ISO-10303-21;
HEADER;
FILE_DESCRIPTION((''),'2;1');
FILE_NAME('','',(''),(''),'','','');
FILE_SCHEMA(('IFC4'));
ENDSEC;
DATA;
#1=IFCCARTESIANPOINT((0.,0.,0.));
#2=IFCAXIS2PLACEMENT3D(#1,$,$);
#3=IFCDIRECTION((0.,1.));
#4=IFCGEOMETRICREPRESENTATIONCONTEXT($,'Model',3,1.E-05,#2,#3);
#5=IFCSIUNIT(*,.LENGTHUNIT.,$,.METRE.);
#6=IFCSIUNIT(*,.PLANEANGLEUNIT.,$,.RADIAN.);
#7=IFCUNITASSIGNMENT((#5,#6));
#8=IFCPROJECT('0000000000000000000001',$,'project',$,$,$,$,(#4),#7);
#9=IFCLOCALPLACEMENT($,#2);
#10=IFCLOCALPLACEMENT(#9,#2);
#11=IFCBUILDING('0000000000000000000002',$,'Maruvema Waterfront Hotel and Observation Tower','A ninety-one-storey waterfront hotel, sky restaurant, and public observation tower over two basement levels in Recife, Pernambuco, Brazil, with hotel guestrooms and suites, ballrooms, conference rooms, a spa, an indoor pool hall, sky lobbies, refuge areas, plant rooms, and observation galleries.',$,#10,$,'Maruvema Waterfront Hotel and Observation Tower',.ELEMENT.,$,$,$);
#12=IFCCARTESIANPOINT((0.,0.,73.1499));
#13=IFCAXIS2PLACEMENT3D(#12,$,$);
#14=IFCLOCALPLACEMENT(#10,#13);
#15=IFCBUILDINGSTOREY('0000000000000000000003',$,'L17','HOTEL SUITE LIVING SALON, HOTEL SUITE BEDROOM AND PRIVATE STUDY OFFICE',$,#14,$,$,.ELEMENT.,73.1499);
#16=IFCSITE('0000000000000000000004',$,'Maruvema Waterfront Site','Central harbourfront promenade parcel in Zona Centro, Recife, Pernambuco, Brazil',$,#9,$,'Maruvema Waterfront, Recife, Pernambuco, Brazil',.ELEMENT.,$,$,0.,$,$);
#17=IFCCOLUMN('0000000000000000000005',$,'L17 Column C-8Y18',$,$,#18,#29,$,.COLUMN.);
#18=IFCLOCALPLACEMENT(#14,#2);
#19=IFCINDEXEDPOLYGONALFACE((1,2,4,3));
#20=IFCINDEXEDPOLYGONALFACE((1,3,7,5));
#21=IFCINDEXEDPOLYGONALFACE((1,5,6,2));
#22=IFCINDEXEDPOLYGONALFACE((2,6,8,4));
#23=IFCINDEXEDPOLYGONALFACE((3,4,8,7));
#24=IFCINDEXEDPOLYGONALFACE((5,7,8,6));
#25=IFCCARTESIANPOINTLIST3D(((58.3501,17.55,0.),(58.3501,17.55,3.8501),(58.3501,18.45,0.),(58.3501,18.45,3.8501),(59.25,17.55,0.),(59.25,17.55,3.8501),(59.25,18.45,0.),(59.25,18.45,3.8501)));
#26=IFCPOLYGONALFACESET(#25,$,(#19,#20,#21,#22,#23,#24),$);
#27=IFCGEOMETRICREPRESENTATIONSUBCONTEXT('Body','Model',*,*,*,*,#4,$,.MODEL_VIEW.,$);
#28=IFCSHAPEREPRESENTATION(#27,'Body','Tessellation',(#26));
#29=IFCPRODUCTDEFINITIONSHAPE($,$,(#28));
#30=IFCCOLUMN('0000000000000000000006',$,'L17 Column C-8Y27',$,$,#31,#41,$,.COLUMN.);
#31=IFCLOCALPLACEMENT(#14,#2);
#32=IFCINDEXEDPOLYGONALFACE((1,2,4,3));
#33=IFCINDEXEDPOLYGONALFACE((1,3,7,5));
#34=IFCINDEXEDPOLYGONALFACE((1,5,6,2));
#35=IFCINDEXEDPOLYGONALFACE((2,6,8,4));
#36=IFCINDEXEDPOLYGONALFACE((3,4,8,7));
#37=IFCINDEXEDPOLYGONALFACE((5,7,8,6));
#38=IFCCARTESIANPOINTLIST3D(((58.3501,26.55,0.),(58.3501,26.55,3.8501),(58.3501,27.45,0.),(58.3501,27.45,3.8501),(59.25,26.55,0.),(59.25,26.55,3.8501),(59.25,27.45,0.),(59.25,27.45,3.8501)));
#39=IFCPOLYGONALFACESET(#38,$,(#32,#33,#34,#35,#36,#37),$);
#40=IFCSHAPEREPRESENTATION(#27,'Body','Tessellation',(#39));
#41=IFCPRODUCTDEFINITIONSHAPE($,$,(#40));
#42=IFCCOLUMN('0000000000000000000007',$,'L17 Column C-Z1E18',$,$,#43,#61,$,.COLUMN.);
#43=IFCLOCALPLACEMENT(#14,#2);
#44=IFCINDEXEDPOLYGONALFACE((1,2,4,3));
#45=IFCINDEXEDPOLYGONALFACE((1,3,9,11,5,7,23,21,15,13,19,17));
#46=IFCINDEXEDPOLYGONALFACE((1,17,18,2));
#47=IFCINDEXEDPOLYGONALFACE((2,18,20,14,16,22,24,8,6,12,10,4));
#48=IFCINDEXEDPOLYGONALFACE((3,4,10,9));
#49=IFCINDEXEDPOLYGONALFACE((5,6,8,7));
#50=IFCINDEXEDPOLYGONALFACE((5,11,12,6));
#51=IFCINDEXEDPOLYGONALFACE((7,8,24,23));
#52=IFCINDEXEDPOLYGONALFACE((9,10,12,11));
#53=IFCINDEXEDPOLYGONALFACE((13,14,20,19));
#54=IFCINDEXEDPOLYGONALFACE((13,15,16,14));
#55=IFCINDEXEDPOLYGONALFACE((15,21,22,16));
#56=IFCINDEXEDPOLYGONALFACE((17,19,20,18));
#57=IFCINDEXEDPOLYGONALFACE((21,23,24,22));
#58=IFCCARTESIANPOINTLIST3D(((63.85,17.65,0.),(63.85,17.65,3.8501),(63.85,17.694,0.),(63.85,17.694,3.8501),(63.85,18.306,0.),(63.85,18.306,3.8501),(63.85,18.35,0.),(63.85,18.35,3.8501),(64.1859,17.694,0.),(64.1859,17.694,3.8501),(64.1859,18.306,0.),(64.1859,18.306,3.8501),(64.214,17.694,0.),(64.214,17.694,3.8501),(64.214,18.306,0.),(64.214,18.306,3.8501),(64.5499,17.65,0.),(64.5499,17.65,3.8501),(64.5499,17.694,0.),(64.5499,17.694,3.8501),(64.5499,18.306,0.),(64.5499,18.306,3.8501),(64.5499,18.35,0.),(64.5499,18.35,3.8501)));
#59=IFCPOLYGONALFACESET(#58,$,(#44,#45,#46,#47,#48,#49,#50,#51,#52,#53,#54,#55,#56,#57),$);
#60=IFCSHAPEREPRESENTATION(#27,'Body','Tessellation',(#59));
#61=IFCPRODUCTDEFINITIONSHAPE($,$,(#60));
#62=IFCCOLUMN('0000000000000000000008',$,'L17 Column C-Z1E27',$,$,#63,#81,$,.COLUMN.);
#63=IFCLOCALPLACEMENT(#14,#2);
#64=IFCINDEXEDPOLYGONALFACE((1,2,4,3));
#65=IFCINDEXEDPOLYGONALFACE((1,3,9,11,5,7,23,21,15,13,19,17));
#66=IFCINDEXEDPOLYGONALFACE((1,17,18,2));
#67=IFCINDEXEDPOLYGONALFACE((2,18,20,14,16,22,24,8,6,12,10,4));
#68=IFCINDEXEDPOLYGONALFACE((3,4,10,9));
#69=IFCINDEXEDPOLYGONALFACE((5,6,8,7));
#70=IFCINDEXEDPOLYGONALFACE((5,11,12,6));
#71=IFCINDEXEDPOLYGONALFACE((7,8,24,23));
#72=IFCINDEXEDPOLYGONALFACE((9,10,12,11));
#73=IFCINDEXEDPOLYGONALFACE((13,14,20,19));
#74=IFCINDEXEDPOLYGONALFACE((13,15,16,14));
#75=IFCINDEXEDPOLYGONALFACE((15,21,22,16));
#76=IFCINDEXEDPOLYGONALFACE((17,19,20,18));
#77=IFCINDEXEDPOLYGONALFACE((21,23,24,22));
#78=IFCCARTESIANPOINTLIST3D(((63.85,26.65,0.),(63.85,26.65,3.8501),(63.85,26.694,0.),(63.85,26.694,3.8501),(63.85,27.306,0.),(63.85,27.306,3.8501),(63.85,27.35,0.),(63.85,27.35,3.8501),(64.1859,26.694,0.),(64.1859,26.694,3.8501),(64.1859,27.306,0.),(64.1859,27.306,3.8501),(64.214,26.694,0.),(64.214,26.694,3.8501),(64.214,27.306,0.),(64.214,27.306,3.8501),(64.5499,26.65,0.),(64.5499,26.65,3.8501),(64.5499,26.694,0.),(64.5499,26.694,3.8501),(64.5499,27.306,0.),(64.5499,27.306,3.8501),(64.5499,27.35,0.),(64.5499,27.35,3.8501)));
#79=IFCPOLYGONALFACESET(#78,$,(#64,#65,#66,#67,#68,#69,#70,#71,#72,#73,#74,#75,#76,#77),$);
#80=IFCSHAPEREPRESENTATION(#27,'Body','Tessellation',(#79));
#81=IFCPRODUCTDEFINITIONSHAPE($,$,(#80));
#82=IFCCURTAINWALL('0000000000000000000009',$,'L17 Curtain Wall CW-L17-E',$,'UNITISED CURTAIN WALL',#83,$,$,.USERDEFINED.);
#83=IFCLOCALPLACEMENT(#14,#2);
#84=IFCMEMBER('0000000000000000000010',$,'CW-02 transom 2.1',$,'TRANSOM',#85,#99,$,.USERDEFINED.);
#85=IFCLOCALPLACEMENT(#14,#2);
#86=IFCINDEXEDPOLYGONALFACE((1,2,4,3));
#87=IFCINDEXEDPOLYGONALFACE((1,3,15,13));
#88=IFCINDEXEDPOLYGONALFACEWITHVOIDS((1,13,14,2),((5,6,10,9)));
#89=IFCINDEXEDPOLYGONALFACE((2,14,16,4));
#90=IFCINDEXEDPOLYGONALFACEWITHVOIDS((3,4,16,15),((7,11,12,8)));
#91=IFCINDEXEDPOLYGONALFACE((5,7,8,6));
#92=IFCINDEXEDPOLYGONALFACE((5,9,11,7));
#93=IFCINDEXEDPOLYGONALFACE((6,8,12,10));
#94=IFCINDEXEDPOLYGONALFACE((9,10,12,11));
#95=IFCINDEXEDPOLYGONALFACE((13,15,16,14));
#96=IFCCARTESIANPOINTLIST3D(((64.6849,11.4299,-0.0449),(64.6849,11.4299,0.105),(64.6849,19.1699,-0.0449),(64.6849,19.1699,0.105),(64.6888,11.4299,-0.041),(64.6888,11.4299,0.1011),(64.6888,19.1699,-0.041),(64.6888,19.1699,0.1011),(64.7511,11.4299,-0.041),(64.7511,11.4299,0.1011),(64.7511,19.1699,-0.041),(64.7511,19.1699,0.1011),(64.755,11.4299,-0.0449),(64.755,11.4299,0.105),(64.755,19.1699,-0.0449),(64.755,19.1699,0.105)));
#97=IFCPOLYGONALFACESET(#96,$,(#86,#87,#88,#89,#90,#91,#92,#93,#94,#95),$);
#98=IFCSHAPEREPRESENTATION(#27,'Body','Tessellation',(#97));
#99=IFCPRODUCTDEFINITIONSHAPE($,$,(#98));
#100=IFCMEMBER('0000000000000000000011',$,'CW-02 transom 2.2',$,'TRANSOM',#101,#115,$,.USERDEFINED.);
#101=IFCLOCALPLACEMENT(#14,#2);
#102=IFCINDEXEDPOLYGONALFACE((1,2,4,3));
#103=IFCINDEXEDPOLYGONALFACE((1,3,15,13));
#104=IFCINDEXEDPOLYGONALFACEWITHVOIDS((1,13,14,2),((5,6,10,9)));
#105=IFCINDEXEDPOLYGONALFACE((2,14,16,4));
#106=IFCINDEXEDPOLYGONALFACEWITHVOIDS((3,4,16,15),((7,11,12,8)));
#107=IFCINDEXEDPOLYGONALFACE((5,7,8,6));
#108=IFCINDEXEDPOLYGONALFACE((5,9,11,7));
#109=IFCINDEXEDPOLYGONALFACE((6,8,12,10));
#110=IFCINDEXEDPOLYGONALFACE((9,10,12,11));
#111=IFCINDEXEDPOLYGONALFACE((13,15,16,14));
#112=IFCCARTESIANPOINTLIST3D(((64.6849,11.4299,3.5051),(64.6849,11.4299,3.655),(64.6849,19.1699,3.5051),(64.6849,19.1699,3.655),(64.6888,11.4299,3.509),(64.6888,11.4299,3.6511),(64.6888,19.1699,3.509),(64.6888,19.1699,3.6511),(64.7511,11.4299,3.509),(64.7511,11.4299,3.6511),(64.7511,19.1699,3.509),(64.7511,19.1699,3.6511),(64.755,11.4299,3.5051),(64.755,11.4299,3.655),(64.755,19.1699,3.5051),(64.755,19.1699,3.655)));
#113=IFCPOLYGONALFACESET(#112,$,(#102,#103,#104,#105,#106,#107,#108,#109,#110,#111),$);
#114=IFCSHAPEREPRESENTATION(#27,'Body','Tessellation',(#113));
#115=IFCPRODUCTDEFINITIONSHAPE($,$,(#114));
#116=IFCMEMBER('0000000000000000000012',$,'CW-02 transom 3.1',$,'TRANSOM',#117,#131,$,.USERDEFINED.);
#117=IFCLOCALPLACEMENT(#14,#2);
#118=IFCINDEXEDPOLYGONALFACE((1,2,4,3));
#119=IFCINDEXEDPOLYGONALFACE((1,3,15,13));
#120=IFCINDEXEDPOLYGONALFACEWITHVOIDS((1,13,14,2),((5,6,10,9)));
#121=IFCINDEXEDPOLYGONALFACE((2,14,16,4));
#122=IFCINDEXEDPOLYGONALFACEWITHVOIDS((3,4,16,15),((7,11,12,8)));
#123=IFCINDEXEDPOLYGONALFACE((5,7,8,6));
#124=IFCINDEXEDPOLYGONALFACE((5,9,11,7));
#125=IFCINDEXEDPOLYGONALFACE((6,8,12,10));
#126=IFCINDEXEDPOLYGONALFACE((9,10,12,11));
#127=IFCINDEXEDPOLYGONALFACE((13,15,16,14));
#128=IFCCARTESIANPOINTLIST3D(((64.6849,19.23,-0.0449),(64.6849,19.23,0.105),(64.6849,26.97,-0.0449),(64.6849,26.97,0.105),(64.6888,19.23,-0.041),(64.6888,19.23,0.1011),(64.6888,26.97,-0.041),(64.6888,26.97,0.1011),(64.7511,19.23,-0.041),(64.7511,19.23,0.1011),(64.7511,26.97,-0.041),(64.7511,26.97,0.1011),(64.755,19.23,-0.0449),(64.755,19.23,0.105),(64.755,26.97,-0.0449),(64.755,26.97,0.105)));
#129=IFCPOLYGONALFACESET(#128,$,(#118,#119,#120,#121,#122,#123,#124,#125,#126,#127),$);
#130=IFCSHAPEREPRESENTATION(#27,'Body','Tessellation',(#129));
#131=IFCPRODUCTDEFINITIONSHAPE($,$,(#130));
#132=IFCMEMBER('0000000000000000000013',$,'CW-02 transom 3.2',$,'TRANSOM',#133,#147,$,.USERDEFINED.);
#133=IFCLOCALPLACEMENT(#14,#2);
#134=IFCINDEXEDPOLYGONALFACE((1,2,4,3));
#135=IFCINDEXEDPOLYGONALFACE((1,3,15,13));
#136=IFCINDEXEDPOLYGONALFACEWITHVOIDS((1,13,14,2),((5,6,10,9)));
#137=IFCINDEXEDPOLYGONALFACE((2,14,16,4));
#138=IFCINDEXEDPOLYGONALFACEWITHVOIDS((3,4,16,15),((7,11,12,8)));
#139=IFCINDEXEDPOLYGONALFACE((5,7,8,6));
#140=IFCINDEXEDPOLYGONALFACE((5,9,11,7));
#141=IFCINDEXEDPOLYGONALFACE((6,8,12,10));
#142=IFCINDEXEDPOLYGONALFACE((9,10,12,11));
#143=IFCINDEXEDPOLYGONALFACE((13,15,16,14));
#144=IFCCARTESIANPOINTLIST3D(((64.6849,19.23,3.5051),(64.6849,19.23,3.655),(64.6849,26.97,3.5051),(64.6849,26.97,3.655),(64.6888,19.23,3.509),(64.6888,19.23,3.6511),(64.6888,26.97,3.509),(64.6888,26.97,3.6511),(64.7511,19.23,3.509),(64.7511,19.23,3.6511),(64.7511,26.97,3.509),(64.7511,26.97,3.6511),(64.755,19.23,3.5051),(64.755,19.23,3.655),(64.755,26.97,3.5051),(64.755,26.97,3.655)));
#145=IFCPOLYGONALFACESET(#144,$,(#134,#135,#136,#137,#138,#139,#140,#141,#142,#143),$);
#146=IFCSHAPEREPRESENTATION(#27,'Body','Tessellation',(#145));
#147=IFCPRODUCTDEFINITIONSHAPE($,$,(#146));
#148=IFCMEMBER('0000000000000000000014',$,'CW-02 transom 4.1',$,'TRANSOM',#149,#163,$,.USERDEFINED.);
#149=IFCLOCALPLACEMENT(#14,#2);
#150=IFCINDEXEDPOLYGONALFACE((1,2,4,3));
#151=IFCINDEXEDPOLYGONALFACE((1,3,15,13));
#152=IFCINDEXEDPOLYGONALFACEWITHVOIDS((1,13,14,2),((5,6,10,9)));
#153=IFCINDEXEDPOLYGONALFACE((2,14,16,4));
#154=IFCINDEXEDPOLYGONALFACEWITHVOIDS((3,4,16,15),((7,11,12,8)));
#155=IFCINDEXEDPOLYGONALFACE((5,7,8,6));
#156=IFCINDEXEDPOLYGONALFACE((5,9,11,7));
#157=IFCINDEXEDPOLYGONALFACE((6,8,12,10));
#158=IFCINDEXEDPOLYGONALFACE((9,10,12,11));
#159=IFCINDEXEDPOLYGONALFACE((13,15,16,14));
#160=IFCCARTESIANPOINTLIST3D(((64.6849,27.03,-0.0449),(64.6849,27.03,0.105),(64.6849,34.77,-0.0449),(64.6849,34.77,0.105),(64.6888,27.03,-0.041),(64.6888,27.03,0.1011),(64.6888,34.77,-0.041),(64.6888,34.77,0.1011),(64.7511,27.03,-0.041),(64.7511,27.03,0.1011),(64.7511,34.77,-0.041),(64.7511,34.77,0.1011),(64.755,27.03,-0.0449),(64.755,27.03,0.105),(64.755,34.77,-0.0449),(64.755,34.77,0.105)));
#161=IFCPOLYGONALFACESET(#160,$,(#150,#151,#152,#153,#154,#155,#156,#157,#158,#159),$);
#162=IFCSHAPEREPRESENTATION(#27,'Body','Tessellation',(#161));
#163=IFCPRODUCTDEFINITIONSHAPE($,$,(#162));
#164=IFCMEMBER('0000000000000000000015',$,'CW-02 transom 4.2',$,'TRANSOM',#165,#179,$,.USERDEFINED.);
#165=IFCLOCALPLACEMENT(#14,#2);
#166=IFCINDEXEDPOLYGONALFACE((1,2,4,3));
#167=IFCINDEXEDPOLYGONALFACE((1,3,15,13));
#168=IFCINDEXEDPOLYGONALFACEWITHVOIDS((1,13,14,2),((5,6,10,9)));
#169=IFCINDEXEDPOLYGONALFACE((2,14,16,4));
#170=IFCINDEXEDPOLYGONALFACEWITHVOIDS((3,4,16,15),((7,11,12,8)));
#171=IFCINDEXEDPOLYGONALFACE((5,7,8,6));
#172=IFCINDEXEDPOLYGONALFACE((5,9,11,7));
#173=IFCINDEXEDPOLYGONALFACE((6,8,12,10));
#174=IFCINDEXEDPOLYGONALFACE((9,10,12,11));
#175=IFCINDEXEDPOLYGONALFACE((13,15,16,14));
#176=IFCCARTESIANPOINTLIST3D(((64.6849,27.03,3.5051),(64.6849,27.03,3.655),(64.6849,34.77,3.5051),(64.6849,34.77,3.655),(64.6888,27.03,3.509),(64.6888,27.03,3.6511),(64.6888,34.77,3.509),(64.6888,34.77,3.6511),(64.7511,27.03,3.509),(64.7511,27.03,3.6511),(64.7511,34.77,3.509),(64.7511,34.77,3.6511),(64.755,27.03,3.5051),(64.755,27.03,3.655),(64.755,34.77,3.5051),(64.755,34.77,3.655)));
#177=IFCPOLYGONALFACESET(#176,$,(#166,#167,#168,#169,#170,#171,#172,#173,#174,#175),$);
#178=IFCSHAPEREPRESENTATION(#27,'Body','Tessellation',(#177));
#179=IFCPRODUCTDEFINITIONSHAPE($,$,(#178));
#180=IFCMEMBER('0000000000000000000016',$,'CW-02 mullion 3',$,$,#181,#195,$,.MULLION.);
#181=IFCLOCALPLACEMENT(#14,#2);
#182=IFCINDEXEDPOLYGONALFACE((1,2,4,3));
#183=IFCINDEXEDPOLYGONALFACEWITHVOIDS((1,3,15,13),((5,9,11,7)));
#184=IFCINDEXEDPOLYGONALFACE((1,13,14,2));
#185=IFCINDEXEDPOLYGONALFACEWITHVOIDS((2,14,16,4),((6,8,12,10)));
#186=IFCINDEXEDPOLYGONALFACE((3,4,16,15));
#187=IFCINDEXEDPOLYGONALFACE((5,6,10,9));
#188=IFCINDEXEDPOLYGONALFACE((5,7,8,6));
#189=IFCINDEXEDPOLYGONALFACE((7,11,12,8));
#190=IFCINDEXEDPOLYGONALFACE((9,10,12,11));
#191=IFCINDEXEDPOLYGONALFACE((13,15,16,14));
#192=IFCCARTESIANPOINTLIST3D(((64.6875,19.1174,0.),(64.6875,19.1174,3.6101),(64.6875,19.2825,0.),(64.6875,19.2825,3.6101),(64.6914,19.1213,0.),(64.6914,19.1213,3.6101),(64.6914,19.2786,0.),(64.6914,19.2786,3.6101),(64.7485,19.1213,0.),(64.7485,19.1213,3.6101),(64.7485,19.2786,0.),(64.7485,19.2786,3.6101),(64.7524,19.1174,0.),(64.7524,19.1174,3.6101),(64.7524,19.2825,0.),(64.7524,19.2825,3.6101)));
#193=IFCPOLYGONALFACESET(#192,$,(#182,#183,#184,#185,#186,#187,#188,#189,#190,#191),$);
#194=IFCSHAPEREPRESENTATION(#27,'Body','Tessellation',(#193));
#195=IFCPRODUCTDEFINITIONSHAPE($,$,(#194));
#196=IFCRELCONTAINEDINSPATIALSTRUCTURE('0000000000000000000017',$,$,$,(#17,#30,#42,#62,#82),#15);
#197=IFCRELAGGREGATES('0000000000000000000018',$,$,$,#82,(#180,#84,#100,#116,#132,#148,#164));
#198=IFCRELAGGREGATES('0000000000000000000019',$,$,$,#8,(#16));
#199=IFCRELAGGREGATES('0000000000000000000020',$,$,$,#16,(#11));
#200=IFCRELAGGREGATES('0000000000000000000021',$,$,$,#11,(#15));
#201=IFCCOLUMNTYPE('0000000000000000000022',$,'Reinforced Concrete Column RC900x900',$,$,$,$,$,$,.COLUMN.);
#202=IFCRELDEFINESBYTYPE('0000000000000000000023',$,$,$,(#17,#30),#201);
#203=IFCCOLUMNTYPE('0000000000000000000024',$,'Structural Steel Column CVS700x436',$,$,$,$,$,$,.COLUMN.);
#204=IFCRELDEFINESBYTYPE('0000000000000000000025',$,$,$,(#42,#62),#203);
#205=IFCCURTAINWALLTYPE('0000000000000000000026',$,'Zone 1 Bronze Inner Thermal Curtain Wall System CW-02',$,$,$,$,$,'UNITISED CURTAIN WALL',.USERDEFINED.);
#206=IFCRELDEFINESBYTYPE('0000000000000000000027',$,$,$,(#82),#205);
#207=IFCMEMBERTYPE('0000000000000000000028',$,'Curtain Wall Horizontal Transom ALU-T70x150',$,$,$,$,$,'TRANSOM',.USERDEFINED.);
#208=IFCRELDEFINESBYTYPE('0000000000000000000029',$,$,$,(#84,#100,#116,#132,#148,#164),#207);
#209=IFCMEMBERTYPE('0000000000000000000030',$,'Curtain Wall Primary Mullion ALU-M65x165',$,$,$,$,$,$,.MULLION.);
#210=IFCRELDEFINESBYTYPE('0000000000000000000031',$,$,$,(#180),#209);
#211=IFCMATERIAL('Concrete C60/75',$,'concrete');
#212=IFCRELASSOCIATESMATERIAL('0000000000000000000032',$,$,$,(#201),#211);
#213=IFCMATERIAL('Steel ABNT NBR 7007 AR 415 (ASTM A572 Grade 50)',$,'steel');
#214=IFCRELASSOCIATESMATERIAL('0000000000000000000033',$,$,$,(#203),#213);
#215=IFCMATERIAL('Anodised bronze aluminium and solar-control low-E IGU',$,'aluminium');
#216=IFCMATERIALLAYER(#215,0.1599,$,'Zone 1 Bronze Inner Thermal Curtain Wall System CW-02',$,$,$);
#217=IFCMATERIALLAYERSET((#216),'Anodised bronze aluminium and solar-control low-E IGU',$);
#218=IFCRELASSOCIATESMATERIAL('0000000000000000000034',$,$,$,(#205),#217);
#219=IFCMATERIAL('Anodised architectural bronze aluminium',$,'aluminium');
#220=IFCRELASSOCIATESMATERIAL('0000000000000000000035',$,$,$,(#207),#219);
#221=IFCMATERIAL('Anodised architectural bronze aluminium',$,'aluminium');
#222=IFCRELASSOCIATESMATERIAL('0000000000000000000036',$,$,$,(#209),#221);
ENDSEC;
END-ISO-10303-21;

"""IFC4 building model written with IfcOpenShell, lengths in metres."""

from ifc_helpers import new_model, si_unit, direction, frame, origin, origin_2d, place, context, subcontext, project, spatial, rectangle, hollow_rectangle, i_section, extrude, material, layer, layer_set, material_profile, profile_set, type_object, element, aggregate, save


model = new_model("IFC4")

# Units and contexts
model_context = context("Model", 3, precision=1e-05, world=origin(), true_north=direction((0.0, 1.0)))
body_context = subcontext(model_context, "Body", "Model", "MODEL_VIEW")
ifc_project = project(units=[si_unit("LENGTHUNIT", "METRE"), si_unit("PLANEANGLEUNIT", "RADIAN")], contexts=[model_context])

# Site, building, storey
site_placement = place(None, origin())
site = spatial("IfcSite", under=ifc_project, at=site_placement, Name="Maruvema Waterfront Site", Description="Central harbourfront promenade parcel in Zona Centro, Recife, Pernambuco, Brazil", LongName="Maruvema Waterfront, Recife, Pernambuco, Brazil", CompositionType="ELEMENT", RefElevation=0.0)
building_placement = place(site_placement, origin())
building = spatial("IfcBuilding", under=site, at=building_placement, Name="Maruvema Waterfront Hotel and Observation Tower", Description="A ninety-one-storey waterfront hotel, sky restaurant, and public observation tower over two basement levels in Recife, Pernambuco, Brazil, with hotel guestrooms and suites, ballrooms, conference rooms, a spa, an indoor pool hall, sky lobbies, refuge areas, plant rooms, and observation galleries.", LongName="Maruvema Waterfront Hotel and Observation Tower", CompositionType="ELEMENT")
storey_placement = place(building_placement, frame((0.0, 0.0, 73.1499)))
storey = spatial("IfcBuildingStorey", under=building, at=storey_placement, Name="L17", Description="HOTEL SUITE LIVING SALON, HOTEL SUITE BEDROOM AND PRIVATE STUDY OFFICE", CompositionType="ELEMENT", Elevation=73.1499)

# Columns
ifc_material_1 = material(Name="Concrete C60/75", Category="concrete")
ifc_material_profile_1 = material_profile(ifc_material_1, rectangle(XDim=0.8999, YDim=0.8999, at=origin_2d()), Name="RC900x900")
ifc_profile_set_1 = profile_set([ifc_material_profile_1], Name="Concrete C60/75")
column_type_1 = type_object("IfcColumnType", Name="Reinforced Concrete Column RC900x900", PredefinedType="COLUMN", material=ifc_profile_set_1)
for number, where, z_axis, x_axis, name in (
    (1, (58.8, 18.0, 0.0), (0.0, 0.0, 1.0), (1.0, 0.0, 0.0), "L17 Column C-8Y18"),
    (2, (58.8, 27.0, 0.0), (0.0, 0.0, 1.0), (1.0, 0.0, 0.0), "L17 Column C-8Y27"),
):
    element("IfcColumn", number, at=place(storey_placement, frame(where, z_axis=z_axis, x_axis=x_axis)), inside=storey, type_object=column_type_1, Name=name, PredefinedType="COLUMN", context=body_context, shape_type="SweptSolid", body=[
        extrude(rectangle(XDim=0.8999, YDim=0.8999, at=origin_2d()), origin(), (0.0, 0.0, 1.0), 3.8501),
    ])
ifc_material_2 = material(Name="Steel ABNT NBR 7007 AR 415 (ASTM A572 Grade 50)", Category="steel")
ifc_material_profile_2 = material_profile(ifc_material_2, i_section(OverallWidth=0.7, OverallDepth=0.7, WebThickness=0.0281, FlangeThickness=0.0439, at=origin_2d()), Name="CVS700x436")
ifc_profile_set_2 = profile_set([ifc_material_profile_2], Name="Steel ABNT NBR 7007 AR 415 (ASTM A572 Grade 50)")
column_type_2 = type_object("IfcColumnType", Name="Structural Steel Column CVS700x436", PredefinedType="COLUMN", material=ifc_profile_set_2)
for number, where, z_axis, x_axis, name in (
    (3, (64.2, 18.0, 0.0), (0.0, 0.0, 1.0), (1.0, 0.0, 0.0), "L17 Column C-Z1E18"),
    (4, (64.2, 27.0, 0.0), (0.0, 0.0, 1.0), (1.0, 0.0, 0.0), "L17 Column C-Z1E27"),
):
    element("IfcColumn", number, at=place(storey_placement, frame(where, z_axis=z_axis, x_axis=x_axis)), inside=storey, type_object=column_type_2, Name=name, PredefinedType="COLUMN", context=body_context, shape_type="SweptSolid", body=[
        extrude(i_section(OverallWidth=0.7, OverallDepth=0.7, WebThickness=0.0281, FlangeThickness=0.0439, at=origin_2d()), origin(), (0.0, 0.0, 1.0), 3.8501),
    ])

# Curtain wall, members
ifc_material_3 = material(Name="Anodised bronze aluminium and solar-control low-E IGU", Category="aluminium")
ifc_layer_1 = layer(ifc_material_3, 0.1599, Name="Zone 1 Bronze Inner Thermal Curtain Wall System CW-02")
ifc_layer_set_1 = layer_set([ifc_layer_1], Name="Anodised bronze aluminium and solar-control low-E IGU")
curtain_wall_type = type_object("IfcCurtainWallType", Name="Zone 1 Bronze Inner Thermal Curtain Wall System CW-02", ElementType="UNITISED CURTAIN WALL", PredefinedType="USERDEFINED", material=ifc_layer_set_1)
curtain_wall_placement = place(storey_placement, origin())
curtain_wall = element("IfcCurtainWall", 5, at=curtain_wall_placement, inside=storey, type_object=curtain_wall_type, Name="L17 Curtain Wall CW-L17-E", ObjectType="UNITISED CURTAIN WALL", PredefinedType="USERDEFINED")
ifc_material_4 = material(Name="Anodised architectural bronze aluminium", Category="aluminium")
ifc_material_profile_3 = material_profile(ifc_material_4, hollow_rectangle(XDim=0.0701, YDim=0.1499, WallThickness=0.0039, at=origin_2d()), Name="ALU-T70x150")
ifc_profile_set_3 = profile_set([ifc_material_profile_3], Name="Anodised architectural bronze aluminium")
member_type_1 = type_object("IfcMemberType", Name="Curtain Wall Horizontal Transom ALU-T70x150", ElementType="TRANSOM", PredefinedType="USERDEFINED", material=ifc_profile_set_3)
member_1_placement = place(storey_placement, frame((64.72, 11.4299, 0.03), z_axis=(0.0, 1.0, 0.0), x_axis=(-1.0, 0.0, 0.0)))
member_1 = element("IfcMember", 6, at=member_1_placement, type_object=member_type_1, Name="CW-02 transom 2.1", ObjectType="TRANSOM", PredefinedType="USERDEFINED", context=body_context, shape_type="SweptSolid", body=[
    extrude(hollow_rectangle(XDim=0.0701, YDim=0.1499, WallThickness=0.0039, at=origin_2d()), origin(), (0.0, 0.0, 1.0), 7.74),
])
member_2_placement = place(storey_placement, frame((64.72, 11.4299, 3.5801), z_axis=(0.0, 1.0, 0.0), x_axis=(-1.0, 0.0, 0.0)))
member_2 = element("IfcMember", 7, at=member_2_placement, type_object=member_type_1, Name="CW-02 transom 2.2", ObjectType="TRANSOM", PredefinedType="USERDEFINED", context=body_context, shape_type="SweptSolid", body=[
    extrude(hollow_rectangle(XDim=0.0701, YDim=0.1499, WallThickness=0.0039, at=origin_2d()), origin(), (0.0, 0.0, 1.0), 7.74),
])
member_3_placement = place(storey_placement, frame((64.72, 19.23, 0.03), z_axis=(0.0, 1.0, 0.0), x_axis=(-1.0, 0.0, 0.0)))
member_3 = element("IfcMember", 8, at=member_3_placement, type_object=member_type_1, Name="CW-02 transom 3.1", ObjectType="TRANSOM", PredefinedType="USERDEFINED", context=body_context, shape_type="SweptSolid", body=[
    extrude(hollow_rectangle(XDim=0.0701, YDim=0.1499, WallThickness=0.0039, at=origin_2d()), origin(), (0.0, 0.0, 1.0), 7.74),
])
member_4_placement = place(storey_placement, frame((64.72, 19.23, 3.5801), z_axis=(0.0, 1.0, 0.0), x_axis=(-1.0, 0.0, 0.0)))
member_4 = element("IfcMember", 9, at=member_4_placement, type_object=member_type_1, Name="CW-02 transom 3.2", ObjectType="TRANSOM", PredefinedType="USERDEFINED", context=body_context, shape_type="SweptSolid", body=[
    extrude(hollow_rectangle(XDim=0.0701, YDim=0.1499, WallThickness=0.0039, at=origin_2d()), origin(), (0.0, 0.0, 1.0), 7.74),
])
member_5_placement = place(storey_placement, frame((64.72, 27.03, 0.03), z_axis=(0.0, 1.0, 0.0), x_axis=(-1.0, 0.0, 0.0)))
member_5 = element("IfcMember", 10, at=member_5_placement, type_object=member_type_1, Name="CW-02 transom 4.1", ObjectType="TRANSOM", PredefinedType="USERDEFINED", context=body_context, shape_type="SweptSolid", body=[
    extrude(hollow_rectangle(XDim=0.0701, YDim=0.1499, WallThickness=0.0039, at=origin_2d()), origin(), (0.0, 0.0, 1.0), 7.74),
])
member_6_placement = place(storey_placement, frame((64.72, 27.03, 3.5801), z_axis=(0.0, 1.0, 0.0), x_axis=(-1.0, 0.0, 0.0)))
member_6 = element("IfcMember", 11, at=member_6_placement, type_object=member_type_1, Name="CW-02 transom 4.2", ObjectType="TRANSOM", PredefinedType="USERDEFINED", context=body_context, shape_type="SweptSolid", body=[
    extrude(hollow_rectangle(XDim=0.0701, YDim=0.1499, WallThickness=0.0039, at=origin_2d()), origin(), (0.0, 0.0, 1.0), 7.74),
])
ifc_material_5 = material(Name="Anodised architectural bronze aluminium", Category="aluminium")
ifc_material_profile_4 = material_profile(ifc_material_5, hollow_rectangle(XDim=0.0649, YDim=0.165, WallThickness=0.0039, at=origin_2d()), Name="ALU-M65x165")
ifc_profile_set_4 = profile_set([ifc_material_profile_4], Name="Anodised architectural bronze aluminium")
member_type_2 = type_object("IfcMemberType", Name="Curtain Wall Primary Mullion ALU-M65x165", PredefinedType="MULLION", material=ifc_profile_set_4)
member_7_placement = place(storey_placement, frame((64.72, 19.2, 0.0), z_axis=(0.0, 0.0, 1.0), x_axis=(-1.0, 0.0, 0.0)))
member_7 = element("IfcMember", 12, at=member_7_placement, type_object=member_type_2, Name="CW-02 mullion 3", PredefinedType="MULLION", context=body_context, shape_type="SweptSolid", body=[
    extrude(hollow_rectangle(XDim=0.0649, YDim=0.165, WallThickness=0.0039, at=origin_2d()), origin(), (0.0, 0.0, 1.0), 3.6101),
])

aggregate(curtain_wall, [member_7, member_1, member_2, member_3, member_4, member_5, member_6])

save(model, "model.ifc")
